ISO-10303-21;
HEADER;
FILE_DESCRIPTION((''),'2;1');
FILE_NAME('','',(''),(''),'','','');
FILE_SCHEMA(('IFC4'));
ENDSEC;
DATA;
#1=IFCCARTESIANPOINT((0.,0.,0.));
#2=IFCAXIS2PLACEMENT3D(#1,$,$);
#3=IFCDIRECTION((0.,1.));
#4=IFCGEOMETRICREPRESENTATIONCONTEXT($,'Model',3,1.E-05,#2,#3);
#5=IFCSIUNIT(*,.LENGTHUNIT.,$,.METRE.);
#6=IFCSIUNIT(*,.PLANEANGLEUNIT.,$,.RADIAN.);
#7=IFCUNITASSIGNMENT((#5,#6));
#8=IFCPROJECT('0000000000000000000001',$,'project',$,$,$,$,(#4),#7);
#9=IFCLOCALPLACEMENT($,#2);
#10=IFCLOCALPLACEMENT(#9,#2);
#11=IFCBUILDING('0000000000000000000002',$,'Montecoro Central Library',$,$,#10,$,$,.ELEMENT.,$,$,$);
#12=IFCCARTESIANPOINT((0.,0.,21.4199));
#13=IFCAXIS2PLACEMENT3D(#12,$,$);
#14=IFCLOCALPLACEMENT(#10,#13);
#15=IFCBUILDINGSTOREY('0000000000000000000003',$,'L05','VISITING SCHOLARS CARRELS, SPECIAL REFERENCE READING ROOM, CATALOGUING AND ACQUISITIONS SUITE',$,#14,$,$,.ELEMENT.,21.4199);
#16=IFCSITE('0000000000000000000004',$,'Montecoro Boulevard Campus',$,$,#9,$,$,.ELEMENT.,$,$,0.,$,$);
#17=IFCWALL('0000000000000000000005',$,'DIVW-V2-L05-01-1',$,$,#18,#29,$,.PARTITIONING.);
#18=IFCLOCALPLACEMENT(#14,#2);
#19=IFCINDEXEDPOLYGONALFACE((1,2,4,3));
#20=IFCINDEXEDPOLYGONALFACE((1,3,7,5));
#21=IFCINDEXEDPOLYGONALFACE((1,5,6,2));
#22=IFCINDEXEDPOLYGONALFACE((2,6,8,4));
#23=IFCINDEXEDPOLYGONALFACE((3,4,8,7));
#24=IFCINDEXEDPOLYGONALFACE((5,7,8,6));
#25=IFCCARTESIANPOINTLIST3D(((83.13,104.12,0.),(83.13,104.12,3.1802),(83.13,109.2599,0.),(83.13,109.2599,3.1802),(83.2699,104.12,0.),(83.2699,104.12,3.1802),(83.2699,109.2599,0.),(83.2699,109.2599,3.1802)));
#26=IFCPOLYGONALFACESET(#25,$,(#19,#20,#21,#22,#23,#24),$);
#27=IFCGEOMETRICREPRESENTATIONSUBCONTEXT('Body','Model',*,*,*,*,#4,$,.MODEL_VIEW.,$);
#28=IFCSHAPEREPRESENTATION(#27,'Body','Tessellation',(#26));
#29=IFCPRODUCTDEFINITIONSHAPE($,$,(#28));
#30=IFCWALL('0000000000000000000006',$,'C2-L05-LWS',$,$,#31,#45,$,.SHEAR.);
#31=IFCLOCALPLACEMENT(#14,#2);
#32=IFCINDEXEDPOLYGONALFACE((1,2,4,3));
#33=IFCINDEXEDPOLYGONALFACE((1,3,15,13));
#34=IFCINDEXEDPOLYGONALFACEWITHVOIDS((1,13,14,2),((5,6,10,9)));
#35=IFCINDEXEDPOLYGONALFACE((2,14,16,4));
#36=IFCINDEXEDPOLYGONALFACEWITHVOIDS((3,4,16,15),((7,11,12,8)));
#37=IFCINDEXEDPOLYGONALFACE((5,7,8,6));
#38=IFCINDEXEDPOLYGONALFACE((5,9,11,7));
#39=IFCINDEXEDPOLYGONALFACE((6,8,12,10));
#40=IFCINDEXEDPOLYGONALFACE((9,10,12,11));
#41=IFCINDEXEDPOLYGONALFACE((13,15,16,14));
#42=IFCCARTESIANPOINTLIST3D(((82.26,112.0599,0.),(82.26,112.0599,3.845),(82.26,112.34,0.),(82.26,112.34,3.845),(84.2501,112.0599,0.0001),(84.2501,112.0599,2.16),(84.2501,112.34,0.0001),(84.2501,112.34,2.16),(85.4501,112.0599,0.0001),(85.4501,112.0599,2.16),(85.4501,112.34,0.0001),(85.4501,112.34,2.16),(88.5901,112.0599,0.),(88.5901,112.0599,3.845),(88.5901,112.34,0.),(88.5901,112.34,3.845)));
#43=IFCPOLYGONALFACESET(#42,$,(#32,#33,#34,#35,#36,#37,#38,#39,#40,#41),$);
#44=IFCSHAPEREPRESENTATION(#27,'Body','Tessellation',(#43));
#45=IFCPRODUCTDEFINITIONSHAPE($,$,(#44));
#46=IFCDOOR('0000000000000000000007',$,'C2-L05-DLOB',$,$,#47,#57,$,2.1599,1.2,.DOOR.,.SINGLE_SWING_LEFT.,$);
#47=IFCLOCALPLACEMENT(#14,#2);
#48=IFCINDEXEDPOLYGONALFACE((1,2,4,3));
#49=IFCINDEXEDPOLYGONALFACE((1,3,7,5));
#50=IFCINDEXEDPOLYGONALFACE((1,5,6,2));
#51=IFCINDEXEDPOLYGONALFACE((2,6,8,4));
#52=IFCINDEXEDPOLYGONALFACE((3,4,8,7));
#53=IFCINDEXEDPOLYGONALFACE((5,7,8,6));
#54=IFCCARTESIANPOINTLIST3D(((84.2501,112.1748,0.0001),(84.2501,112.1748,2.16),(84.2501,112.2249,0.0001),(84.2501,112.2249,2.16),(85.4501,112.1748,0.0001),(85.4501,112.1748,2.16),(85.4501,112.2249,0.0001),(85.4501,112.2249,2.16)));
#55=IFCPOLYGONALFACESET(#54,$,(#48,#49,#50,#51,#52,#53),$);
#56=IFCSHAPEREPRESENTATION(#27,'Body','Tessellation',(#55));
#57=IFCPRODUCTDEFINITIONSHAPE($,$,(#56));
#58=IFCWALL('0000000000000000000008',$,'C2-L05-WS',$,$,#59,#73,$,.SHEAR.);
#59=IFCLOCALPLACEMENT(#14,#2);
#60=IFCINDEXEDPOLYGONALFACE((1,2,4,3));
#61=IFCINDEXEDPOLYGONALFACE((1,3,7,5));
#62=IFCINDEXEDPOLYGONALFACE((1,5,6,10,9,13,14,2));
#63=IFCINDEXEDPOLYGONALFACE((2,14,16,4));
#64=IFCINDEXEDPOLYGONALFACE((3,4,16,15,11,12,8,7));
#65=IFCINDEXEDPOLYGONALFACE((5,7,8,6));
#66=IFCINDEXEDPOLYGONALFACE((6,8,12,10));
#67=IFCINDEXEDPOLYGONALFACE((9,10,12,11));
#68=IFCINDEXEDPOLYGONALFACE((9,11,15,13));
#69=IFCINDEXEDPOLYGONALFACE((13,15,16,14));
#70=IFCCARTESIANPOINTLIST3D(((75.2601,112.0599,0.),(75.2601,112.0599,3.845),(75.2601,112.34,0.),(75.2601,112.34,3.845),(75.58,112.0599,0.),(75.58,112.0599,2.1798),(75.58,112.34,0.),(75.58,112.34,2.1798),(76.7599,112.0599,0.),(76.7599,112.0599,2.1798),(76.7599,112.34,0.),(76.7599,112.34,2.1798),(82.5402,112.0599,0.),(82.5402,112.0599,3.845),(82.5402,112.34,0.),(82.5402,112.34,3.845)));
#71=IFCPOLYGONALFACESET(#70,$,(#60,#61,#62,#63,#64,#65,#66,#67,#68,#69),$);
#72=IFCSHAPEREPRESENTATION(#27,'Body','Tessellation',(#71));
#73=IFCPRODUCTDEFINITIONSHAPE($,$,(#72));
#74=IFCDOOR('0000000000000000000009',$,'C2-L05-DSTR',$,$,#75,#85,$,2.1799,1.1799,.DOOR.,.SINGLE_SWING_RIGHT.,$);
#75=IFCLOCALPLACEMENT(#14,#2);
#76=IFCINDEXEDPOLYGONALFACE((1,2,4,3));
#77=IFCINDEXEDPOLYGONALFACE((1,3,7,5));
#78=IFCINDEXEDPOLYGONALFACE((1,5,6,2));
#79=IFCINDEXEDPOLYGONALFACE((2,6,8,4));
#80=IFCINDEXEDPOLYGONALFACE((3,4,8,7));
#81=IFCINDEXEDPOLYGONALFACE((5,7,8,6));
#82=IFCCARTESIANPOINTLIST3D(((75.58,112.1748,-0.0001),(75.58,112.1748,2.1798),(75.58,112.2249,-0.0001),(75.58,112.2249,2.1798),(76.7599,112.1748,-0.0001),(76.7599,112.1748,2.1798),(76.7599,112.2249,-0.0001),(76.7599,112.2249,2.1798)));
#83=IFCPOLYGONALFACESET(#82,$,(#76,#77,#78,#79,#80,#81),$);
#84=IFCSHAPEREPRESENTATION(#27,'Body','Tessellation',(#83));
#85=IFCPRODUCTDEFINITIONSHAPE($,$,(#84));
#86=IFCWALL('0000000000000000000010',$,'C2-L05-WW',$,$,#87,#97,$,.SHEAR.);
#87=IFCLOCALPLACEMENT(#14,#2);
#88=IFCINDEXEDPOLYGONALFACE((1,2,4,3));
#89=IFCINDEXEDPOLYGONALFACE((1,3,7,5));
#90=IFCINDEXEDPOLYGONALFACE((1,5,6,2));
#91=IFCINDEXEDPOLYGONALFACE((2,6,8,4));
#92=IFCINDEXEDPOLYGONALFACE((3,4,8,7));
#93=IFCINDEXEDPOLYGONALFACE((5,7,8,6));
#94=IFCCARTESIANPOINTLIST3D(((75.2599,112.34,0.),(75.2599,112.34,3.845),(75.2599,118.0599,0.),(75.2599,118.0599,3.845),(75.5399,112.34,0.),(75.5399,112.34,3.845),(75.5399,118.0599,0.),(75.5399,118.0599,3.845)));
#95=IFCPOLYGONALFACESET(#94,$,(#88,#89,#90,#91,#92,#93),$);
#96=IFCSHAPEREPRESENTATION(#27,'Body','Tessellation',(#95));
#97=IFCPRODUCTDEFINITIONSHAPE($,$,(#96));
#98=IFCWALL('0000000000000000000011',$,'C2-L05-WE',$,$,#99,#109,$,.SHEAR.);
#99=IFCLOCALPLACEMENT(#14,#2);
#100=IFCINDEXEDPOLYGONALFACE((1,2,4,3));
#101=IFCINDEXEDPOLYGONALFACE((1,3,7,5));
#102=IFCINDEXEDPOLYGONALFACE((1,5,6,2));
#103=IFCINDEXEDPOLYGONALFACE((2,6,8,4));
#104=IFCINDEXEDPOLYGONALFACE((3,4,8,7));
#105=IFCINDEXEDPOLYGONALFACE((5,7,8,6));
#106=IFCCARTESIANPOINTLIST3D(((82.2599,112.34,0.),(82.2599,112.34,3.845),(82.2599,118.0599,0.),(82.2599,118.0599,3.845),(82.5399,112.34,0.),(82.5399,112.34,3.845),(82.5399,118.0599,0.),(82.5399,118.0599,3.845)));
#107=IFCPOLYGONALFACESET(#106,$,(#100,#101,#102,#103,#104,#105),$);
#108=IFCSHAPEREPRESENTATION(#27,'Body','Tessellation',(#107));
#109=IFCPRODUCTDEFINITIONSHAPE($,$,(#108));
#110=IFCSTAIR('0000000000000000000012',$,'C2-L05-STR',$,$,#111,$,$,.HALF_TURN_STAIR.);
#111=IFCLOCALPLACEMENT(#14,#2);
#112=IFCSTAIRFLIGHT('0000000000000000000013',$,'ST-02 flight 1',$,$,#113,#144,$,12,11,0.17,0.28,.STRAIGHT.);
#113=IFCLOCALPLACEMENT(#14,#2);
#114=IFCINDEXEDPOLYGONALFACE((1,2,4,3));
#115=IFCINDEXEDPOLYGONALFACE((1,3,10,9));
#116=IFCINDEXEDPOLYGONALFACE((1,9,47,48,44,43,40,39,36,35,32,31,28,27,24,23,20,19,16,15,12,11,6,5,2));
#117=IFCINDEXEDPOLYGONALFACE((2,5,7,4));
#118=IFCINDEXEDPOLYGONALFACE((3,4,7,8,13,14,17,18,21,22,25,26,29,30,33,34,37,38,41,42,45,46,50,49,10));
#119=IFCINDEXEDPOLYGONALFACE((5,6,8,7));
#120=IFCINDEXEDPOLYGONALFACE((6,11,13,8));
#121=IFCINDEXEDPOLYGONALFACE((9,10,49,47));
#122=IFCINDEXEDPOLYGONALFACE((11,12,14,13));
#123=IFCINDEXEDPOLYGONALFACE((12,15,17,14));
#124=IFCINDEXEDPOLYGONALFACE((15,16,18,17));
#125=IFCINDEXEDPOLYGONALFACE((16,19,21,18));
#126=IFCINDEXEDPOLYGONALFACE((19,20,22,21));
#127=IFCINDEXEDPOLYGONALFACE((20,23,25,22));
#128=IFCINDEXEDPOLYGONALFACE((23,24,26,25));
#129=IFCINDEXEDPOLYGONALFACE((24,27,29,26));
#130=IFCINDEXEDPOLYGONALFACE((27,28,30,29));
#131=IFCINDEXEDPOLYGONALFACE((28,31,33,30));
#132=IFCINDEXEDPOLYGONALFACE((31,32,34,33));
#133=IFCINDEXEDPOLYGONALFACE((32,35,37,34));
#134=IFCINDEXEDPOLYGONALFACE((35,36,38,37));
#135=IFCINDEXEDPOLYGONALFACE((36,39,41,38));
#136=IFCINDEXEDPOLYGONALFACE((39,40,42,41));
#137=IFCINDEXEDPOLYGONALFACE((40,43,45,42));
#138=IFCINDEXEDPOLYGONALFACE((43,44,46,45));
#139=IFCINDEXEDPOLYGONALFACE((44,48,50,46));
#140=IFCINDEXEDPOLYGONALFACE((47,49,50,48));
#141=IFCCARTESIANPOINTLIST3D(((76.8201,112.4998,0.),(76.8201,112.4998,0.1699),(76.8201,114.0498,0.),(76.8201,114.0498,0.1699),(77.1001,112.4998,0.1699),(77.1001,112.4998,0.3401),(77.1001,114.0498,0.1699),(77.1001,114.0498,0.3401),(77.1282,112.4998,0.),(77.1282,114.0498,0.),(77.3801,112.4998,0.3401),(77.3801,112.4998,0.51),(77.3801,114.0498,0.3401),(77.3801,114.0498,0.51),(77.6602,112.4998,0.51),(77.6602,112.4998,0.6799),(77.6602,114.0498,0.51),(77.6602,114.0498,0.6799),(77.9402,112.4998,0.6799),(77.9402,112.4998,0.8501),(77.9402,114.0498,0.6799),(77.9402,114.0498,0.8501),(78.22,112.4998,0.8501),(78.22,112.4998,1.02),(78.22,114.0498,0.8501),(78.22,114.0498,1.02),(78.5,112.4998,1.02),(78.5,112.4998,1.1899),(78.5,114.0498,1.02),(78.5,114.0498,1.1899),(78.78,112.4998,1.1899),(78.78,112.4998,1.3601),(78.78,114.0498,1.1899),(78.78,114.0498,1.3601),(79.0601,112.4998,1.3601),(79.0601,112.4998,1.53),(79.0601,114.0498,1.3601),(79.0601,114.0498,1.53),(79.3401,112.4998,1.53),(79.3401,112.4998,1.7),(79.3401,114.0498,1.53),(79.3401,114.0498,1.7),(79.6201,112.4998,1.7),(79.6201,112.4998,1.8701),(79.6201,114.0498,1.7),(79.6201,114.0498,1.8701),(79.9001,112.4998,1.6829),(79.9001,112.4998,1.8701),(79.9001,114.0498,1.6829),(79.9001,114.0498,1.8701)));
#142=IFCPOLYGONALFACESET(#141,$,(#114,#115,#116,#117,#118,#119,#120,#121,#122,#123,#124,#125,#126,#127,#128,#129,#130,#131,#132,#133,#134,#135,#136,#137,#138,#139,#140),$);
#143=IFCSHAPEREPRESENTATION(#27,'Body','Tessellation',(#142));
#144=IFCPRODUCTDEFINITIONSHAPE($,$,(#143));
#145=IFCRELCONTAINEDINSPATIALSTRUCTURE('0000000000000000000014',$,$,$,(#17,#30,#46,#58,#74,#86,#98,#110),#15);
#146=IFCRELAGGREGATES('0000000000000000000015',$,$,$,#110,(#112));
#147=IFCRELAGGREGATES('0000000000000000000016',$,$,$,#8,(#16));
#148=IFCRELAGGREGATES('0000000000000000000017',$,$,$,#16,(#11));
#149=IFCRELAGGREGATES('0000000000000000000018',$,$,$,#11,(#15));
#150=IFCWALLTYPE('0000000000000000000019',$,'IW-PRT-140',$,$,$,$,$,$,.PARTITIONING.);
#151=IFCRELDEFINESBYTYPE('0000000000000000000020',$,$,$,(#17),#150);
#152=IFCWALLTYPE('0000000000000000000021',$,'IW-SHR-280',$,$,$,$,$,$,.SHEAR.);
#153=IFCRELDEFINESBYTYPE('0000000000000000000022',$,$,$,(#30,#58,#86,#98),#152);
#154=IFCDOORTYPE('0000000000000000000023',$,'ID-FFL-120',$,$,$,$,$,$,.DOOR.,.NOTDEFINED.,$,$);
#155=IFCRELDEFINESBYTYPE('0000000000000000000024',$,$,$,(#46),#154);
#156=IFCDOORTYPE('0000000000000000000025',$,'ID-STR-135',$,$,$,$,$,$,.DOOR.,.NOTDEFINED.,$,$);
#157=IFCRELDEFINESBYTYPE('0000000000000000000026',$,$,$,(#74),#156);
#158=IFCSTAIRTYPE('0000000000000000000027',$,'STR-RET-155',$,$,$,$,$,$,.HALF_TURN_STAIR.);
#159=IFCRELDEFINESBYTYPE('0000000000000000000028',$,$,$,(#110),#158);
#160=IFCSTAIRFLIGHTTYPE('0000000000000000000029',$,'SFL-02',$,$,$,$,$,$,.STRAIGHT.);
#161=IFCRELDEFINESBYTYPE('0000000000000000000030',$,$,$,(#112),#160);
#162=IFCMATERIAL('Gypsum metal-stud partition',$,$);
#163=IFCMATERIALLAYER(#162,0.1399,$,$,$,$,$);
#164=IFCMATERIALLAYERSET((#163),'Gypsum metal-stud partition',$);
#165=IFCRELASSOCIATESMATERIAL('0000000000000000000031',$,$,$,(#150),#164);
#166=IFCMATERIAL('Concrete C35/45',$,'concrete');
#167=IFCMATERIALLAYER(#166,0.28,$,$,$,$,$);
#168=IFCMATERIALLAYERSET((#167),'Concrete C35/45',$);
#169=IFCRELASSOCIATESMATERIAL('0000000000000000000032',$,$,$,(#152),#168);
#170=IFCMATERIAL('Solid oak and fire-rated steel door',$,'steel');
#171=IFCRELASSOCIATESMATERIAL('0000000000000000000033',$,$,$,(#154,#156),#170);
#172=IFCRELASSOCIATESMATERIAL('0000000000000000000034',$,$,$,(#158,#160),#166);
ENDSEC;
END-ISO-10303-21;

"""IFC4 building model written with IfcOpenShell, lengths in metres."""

from ifc_helpers import new_model, si_unit, direction, frame, frame_2d, origin, place, context, subcontext, project, spatial, polyline, rectangle, outline, extrude, material, layer, layer_set, type_object, element, fill, aggregate, save


model = new_model("IFC4")

# Units and contexts
model_context = context("Model", 3, precision=1e-05, world=origin(), true_north=direction((0.0, 1.0)))
body_context = subcontext(model_context, "Body", "Model", "MODEL_VIEW")
ifc_project = project(units=[si_unit("LENGTHUNIT", "METRE"), si_unit("PLANEANGLEUNIT", "RADIAN")], contexts=[model_context])

# Site, building, storey
site_placement = place(None, origin())
site = spatial("IfcSite", under=ifc_project, at=site_placement, Name="Montecoro Boulevard Campus", CompositionType="ELEMENT", RefElevation=0.0)
building_placement = place(site_placement, origin())
building = spatial("IfcBuilding", under=site, at=building_placement, Name="Montecoro Central Library", CompositionType="ELEMENT")
storey_placement = place(building_placement, frame((0.0, 0.0, 21.4199)))
storey = spatial("IfcBuildingStorey", under=building, at=storey_placement, Name="L05", Description="VISITING SCHOLARS CARRELS, SPECIAL REFERENCE READING ROOM, CATALOGUING AND ACQUISITIONS SUITE", CompositionType="ELEMENT", Elevation=21.4199)

# Shared definitions
ifc_material_1 = material(Name="Concrete C35/45", Category="concrete")

# Shared definitions
ifc_material_2 = material(Name="Solid oak and fire-rated steel door", Category="steel")

# Wall
ifc_material_3 = material(Name="Gypsum metal-stud partition")
ifc_layer_1 = layer(ifc_material_3, 0.1399)
ifc_layer_set_1 = layer_set([ifc_layer_1], Name="Gypsum metal-stud partition")
wall_type_1 = type_object("IfcWallType", Name="IW-PRT-140", PredefinedType="PARTITIONING", material=ifc_layer_set_1)
wall_1_placement = place(storey_placement, frame((83.2, 104.1201, 0.0), z_axis=(0.0, 0.0, 1.0), x_axis=(0.0, 1.0, 0.0)))
element("IfcWall", 1, at=wall_1_placement, inside=storey, type_object=wall_type_1, Name="DIVW-V2-L05-01-1", PredefinedType="PARTITIONING", context=body_context, shape_type="SweptSolid", body=[
    extrude(rectangle(XDim=5.1399, YDim=0.1399, at=frame_2d((2.5698, 0.0))), origin(), (0.0, 0.0, 1.0), 3.1802),
])

# Walls, openings, doors
ifc_layer_2 = layer(ifc_material_1, 0.28)
ifc_layer_set_2 = layer_set([ifc_layer_2], Name="Concrete C35/45")
wall_type_2 = type_object("IfcWallType", Name="IW-SHR-280", PredefinedType="SHEAR", material=ifc_layer_set_2)
wall_2_placement = place(storey_placement, frame((82.26, 112.2, 0.0), z_axis=(0.0, 0.0, 1.0), x_axis=(1.0, 0.0, 0.0)))
wall_2 = element("IfcWall", 2, at=wall_2_placement, inside=storey, type_object=wall_type_2, Name="C2-L05-LWS", PredefinedType="SHEAR", context=body_context, shape_type="SweptSolid", body=[
    extrude(rectangle(XDim=6.3301, YDim=0.28, at=frame_2d((3.165, 0.0))), origin(), (0.0, 0.0, 1.0), 3.845),
])
opening_1_placement = place(wall_2_placement, frame((1.99, 0.0, 0.0)))
opening_1 = element("IfcOpeningElement", 3, at=opening_1_placement, cuts=wall_2, PredefinedType="OPENING", context=body_context, shape_type="SweptSolid", body=[
    extrude(rectangle(XDim=1.2, YDim=2.1599, at=frame_2d((0.6001, 1.0801))), frame((0.0, 0.1499, 0.0), z_axis=(0.0, -1.0, 0.0), x_axis=(1.0, 0.0, 0.0)), (0.0, 0.0, 1.0), 0.3),
])
door_type_1 = type_object("IfcDoorType", Name="ID-FFL-120", OperationType="NOTDEFINED", PredefinedType="DOOR", material=ifc_material_2)
door_1_placement = place(opening_1_placement, origin())
door_1 = element("IfcDoor", 4, at=door_1_placement, inside=storey, type_object=door_type_1, Name="C2-L05-DLOB", OperationType="SINGLE_SWING_LEFT", OverallHeight=2.1599, OverallWidth=1.2, PredefinedType="DOOR", context=body_context, shape_type="SweptSolid", body=[
    extrude(rectangle(XDim=1.2, YDim=2.1599, at=frame_2d((0.6001, 1.0801))), frame((0.0, 0.0249, 0.0), z_axis=(0.0, -1.0, 0.0), x_axis=(1.0, 0.0, 0.0)), (0.0, 0.0, 1.0), 0.05),
])
fill(opening_1, door_1)
wall_3_placement = place(storey_placement, frame((75.26, 112.2, 0.0), z_axis=(0.0, 0.0, 1.0), x_axis=(1.0, 0.0, 0.0)))
wall_3 = element("IfcWall", 5, at=wall_3_placement, inside=storey, type_object=wall_type_2, Name="C2-L05-WS", PredefinedType="SHEAR", context=body_context, shape_type="SweptSolid", body=[
    extrude(rectangle(XDim=7.28, YDim=0.28, at=frame_2d((3.6401, 0.0))), origin(), (0.0, 0.0, 1.0), 3.845),
])
opening_2_placement = place(wall_3_placement, frame((0.3201, 0.0, 0.0)))
opening_2 = element("IfcOpeningElement", 6, at=opening_2_placement, cuts=wall_3, PredefinedType="OPENING", context=body_context, shape_type="SweptSolid", body=[
    extrude(rectangle(XDim=1.1799, YDim=2.1799, at=frame_2d((0.5898, 1.0898))), frame((0.0, 0.1499, 0.0), z_axis=(0.0, -1.0, 0.0), x_axis=(1.0, 0.0, 0.0)), (0.0, 0.0, 1.0), 0.3),
])
door_type_2 = type_object("IfcDoorType", Name="ID-STR-135", OperationType="NOTDEFINED", PredefinedType="DOOR", material=ifc_material_2)
door_2_placement = place(opening_2_placement, origin())
door_2 = element("IfcDoor", 7, at=door_2_placement, inside=storey, type_object=door_type_2, Name="C2-L05-DSTR", OperationType="SINGLE_SWING_RIGHT", OverallHeight=2.1799, OverallWidth=1.1799, PredefinedType="DOOR", context=body_context, shape_type="SweptSolid", body=[
    extrude(rectangle(XDim=1.1799, YDim=2.1799, at=frame_2d((0.5898, 1.0898))), frame((0.0, 0.0249, 0.0), z_axis=(0.0, -1.0, 0.0), x_axis=(1.0, 0.0, 0.0)), (0.0, 0.0, 1.0), 0.05),
])
fill(opening_2, door_2)

# Walls
for number, where, z_axis, x_axis, name in (
    (8, (75.3999, 112.3401, 0.0), (0.0, 0.0, 1.0), (0.0, 1.0, 0.0), "C2-L05-WW"),
    (9, (82.3999, 112.3401, 0.0), (0.0, 0.0, 1.0), (0.0, 1.0, 0.0), "C2-L05-WE"),
):
    element("IfcWall", number, at=place(storey_placement, frame(where, z_axis=z_axis, x_axis=x_axis)), inside=storey, type_object=wall_type_2, Name=name, PredefinedType="SHEAR", context=body_context, shape_type="SweptSolid", body=[
        extrude(rectangle(XDim=5.72, YDim=0.28, at=frame_2d((2.8599, 0.0))), origin(), (0.0, 0.0, 1.0), 3.845),
    ])

# Stair, stair flight
stair_type = type_object("IfcStairType", Name="STR-RET-155", PredefinedType="HALF_TURN_STAIR", material=ifc_material_1)
stair_placement = place(storey_placement, origin())
stair = element("IfcStair", 10, at=stair_placement, inside=storey, type_object=stair_type, Name="C2-L05-STR", PredefinedType="HALF_TURN_STAIR")
stair_flight_type = type_object("IfcStairFlightType", Name="SFL-02", PredefinedType="STRAIGHT", material=ifc_material_1)
stair_flight_placement = place(storey_placement, frame((76.8201, 113.2749, 0.0), z_axis=(0.0, 0.0, 1.0), x_axis=(1.0, 0.0, 0.0)))
stair_flight = element("IfcStairFlight", 11, at=stair_flight_placement, type_object=stair_flight_type, Name="ST-02 flight 1", NumberOfRisers=12, NumberOfTreads=11, PredefinedType="STRAIGHT", RiserHeight=0.17, TreadLength=0.28, context=body_context, shape_type="SweptSolid", body=[
    extrude(outline(polyline([(0.0, 0.0), (0.0, 0.1699), (0.28, 0.1699), (0.28, 0.3401), (0.5601, 0.3401), (0.5601, 0.51), (0.8401, 0.51), (0.8401, 0.6799), (1.1201, 0.6799), (1.1201, 0.8501), (1.3999, 0.8501), (1.3999, 1.02), (1.6799, 1.02), (1.6799, 1.1899), (1.96, 1.1899), (1.96, 1.3601), (2.24, 1.3601), (2.24, 1.53), (2.52, 1.53), (2.52, 1.7), (2.8, 1.7), (2.8, 1.8701), (3.0801, 1.8701), (3.0801, 2.04), (3.0801, 1.6829), (0.3081, 0.0), (0.0, 0.0)])), frame((0.0, 0.7749, 0.0), z_axis=(0.0, -1.0, 0.0), x_axis=(1.0, 0.0, 0.0)), (0.0, 0.0, 1.0), 1.55),
])
aggregate(stair, [stair_flight])

save(model, "model.ifc")
